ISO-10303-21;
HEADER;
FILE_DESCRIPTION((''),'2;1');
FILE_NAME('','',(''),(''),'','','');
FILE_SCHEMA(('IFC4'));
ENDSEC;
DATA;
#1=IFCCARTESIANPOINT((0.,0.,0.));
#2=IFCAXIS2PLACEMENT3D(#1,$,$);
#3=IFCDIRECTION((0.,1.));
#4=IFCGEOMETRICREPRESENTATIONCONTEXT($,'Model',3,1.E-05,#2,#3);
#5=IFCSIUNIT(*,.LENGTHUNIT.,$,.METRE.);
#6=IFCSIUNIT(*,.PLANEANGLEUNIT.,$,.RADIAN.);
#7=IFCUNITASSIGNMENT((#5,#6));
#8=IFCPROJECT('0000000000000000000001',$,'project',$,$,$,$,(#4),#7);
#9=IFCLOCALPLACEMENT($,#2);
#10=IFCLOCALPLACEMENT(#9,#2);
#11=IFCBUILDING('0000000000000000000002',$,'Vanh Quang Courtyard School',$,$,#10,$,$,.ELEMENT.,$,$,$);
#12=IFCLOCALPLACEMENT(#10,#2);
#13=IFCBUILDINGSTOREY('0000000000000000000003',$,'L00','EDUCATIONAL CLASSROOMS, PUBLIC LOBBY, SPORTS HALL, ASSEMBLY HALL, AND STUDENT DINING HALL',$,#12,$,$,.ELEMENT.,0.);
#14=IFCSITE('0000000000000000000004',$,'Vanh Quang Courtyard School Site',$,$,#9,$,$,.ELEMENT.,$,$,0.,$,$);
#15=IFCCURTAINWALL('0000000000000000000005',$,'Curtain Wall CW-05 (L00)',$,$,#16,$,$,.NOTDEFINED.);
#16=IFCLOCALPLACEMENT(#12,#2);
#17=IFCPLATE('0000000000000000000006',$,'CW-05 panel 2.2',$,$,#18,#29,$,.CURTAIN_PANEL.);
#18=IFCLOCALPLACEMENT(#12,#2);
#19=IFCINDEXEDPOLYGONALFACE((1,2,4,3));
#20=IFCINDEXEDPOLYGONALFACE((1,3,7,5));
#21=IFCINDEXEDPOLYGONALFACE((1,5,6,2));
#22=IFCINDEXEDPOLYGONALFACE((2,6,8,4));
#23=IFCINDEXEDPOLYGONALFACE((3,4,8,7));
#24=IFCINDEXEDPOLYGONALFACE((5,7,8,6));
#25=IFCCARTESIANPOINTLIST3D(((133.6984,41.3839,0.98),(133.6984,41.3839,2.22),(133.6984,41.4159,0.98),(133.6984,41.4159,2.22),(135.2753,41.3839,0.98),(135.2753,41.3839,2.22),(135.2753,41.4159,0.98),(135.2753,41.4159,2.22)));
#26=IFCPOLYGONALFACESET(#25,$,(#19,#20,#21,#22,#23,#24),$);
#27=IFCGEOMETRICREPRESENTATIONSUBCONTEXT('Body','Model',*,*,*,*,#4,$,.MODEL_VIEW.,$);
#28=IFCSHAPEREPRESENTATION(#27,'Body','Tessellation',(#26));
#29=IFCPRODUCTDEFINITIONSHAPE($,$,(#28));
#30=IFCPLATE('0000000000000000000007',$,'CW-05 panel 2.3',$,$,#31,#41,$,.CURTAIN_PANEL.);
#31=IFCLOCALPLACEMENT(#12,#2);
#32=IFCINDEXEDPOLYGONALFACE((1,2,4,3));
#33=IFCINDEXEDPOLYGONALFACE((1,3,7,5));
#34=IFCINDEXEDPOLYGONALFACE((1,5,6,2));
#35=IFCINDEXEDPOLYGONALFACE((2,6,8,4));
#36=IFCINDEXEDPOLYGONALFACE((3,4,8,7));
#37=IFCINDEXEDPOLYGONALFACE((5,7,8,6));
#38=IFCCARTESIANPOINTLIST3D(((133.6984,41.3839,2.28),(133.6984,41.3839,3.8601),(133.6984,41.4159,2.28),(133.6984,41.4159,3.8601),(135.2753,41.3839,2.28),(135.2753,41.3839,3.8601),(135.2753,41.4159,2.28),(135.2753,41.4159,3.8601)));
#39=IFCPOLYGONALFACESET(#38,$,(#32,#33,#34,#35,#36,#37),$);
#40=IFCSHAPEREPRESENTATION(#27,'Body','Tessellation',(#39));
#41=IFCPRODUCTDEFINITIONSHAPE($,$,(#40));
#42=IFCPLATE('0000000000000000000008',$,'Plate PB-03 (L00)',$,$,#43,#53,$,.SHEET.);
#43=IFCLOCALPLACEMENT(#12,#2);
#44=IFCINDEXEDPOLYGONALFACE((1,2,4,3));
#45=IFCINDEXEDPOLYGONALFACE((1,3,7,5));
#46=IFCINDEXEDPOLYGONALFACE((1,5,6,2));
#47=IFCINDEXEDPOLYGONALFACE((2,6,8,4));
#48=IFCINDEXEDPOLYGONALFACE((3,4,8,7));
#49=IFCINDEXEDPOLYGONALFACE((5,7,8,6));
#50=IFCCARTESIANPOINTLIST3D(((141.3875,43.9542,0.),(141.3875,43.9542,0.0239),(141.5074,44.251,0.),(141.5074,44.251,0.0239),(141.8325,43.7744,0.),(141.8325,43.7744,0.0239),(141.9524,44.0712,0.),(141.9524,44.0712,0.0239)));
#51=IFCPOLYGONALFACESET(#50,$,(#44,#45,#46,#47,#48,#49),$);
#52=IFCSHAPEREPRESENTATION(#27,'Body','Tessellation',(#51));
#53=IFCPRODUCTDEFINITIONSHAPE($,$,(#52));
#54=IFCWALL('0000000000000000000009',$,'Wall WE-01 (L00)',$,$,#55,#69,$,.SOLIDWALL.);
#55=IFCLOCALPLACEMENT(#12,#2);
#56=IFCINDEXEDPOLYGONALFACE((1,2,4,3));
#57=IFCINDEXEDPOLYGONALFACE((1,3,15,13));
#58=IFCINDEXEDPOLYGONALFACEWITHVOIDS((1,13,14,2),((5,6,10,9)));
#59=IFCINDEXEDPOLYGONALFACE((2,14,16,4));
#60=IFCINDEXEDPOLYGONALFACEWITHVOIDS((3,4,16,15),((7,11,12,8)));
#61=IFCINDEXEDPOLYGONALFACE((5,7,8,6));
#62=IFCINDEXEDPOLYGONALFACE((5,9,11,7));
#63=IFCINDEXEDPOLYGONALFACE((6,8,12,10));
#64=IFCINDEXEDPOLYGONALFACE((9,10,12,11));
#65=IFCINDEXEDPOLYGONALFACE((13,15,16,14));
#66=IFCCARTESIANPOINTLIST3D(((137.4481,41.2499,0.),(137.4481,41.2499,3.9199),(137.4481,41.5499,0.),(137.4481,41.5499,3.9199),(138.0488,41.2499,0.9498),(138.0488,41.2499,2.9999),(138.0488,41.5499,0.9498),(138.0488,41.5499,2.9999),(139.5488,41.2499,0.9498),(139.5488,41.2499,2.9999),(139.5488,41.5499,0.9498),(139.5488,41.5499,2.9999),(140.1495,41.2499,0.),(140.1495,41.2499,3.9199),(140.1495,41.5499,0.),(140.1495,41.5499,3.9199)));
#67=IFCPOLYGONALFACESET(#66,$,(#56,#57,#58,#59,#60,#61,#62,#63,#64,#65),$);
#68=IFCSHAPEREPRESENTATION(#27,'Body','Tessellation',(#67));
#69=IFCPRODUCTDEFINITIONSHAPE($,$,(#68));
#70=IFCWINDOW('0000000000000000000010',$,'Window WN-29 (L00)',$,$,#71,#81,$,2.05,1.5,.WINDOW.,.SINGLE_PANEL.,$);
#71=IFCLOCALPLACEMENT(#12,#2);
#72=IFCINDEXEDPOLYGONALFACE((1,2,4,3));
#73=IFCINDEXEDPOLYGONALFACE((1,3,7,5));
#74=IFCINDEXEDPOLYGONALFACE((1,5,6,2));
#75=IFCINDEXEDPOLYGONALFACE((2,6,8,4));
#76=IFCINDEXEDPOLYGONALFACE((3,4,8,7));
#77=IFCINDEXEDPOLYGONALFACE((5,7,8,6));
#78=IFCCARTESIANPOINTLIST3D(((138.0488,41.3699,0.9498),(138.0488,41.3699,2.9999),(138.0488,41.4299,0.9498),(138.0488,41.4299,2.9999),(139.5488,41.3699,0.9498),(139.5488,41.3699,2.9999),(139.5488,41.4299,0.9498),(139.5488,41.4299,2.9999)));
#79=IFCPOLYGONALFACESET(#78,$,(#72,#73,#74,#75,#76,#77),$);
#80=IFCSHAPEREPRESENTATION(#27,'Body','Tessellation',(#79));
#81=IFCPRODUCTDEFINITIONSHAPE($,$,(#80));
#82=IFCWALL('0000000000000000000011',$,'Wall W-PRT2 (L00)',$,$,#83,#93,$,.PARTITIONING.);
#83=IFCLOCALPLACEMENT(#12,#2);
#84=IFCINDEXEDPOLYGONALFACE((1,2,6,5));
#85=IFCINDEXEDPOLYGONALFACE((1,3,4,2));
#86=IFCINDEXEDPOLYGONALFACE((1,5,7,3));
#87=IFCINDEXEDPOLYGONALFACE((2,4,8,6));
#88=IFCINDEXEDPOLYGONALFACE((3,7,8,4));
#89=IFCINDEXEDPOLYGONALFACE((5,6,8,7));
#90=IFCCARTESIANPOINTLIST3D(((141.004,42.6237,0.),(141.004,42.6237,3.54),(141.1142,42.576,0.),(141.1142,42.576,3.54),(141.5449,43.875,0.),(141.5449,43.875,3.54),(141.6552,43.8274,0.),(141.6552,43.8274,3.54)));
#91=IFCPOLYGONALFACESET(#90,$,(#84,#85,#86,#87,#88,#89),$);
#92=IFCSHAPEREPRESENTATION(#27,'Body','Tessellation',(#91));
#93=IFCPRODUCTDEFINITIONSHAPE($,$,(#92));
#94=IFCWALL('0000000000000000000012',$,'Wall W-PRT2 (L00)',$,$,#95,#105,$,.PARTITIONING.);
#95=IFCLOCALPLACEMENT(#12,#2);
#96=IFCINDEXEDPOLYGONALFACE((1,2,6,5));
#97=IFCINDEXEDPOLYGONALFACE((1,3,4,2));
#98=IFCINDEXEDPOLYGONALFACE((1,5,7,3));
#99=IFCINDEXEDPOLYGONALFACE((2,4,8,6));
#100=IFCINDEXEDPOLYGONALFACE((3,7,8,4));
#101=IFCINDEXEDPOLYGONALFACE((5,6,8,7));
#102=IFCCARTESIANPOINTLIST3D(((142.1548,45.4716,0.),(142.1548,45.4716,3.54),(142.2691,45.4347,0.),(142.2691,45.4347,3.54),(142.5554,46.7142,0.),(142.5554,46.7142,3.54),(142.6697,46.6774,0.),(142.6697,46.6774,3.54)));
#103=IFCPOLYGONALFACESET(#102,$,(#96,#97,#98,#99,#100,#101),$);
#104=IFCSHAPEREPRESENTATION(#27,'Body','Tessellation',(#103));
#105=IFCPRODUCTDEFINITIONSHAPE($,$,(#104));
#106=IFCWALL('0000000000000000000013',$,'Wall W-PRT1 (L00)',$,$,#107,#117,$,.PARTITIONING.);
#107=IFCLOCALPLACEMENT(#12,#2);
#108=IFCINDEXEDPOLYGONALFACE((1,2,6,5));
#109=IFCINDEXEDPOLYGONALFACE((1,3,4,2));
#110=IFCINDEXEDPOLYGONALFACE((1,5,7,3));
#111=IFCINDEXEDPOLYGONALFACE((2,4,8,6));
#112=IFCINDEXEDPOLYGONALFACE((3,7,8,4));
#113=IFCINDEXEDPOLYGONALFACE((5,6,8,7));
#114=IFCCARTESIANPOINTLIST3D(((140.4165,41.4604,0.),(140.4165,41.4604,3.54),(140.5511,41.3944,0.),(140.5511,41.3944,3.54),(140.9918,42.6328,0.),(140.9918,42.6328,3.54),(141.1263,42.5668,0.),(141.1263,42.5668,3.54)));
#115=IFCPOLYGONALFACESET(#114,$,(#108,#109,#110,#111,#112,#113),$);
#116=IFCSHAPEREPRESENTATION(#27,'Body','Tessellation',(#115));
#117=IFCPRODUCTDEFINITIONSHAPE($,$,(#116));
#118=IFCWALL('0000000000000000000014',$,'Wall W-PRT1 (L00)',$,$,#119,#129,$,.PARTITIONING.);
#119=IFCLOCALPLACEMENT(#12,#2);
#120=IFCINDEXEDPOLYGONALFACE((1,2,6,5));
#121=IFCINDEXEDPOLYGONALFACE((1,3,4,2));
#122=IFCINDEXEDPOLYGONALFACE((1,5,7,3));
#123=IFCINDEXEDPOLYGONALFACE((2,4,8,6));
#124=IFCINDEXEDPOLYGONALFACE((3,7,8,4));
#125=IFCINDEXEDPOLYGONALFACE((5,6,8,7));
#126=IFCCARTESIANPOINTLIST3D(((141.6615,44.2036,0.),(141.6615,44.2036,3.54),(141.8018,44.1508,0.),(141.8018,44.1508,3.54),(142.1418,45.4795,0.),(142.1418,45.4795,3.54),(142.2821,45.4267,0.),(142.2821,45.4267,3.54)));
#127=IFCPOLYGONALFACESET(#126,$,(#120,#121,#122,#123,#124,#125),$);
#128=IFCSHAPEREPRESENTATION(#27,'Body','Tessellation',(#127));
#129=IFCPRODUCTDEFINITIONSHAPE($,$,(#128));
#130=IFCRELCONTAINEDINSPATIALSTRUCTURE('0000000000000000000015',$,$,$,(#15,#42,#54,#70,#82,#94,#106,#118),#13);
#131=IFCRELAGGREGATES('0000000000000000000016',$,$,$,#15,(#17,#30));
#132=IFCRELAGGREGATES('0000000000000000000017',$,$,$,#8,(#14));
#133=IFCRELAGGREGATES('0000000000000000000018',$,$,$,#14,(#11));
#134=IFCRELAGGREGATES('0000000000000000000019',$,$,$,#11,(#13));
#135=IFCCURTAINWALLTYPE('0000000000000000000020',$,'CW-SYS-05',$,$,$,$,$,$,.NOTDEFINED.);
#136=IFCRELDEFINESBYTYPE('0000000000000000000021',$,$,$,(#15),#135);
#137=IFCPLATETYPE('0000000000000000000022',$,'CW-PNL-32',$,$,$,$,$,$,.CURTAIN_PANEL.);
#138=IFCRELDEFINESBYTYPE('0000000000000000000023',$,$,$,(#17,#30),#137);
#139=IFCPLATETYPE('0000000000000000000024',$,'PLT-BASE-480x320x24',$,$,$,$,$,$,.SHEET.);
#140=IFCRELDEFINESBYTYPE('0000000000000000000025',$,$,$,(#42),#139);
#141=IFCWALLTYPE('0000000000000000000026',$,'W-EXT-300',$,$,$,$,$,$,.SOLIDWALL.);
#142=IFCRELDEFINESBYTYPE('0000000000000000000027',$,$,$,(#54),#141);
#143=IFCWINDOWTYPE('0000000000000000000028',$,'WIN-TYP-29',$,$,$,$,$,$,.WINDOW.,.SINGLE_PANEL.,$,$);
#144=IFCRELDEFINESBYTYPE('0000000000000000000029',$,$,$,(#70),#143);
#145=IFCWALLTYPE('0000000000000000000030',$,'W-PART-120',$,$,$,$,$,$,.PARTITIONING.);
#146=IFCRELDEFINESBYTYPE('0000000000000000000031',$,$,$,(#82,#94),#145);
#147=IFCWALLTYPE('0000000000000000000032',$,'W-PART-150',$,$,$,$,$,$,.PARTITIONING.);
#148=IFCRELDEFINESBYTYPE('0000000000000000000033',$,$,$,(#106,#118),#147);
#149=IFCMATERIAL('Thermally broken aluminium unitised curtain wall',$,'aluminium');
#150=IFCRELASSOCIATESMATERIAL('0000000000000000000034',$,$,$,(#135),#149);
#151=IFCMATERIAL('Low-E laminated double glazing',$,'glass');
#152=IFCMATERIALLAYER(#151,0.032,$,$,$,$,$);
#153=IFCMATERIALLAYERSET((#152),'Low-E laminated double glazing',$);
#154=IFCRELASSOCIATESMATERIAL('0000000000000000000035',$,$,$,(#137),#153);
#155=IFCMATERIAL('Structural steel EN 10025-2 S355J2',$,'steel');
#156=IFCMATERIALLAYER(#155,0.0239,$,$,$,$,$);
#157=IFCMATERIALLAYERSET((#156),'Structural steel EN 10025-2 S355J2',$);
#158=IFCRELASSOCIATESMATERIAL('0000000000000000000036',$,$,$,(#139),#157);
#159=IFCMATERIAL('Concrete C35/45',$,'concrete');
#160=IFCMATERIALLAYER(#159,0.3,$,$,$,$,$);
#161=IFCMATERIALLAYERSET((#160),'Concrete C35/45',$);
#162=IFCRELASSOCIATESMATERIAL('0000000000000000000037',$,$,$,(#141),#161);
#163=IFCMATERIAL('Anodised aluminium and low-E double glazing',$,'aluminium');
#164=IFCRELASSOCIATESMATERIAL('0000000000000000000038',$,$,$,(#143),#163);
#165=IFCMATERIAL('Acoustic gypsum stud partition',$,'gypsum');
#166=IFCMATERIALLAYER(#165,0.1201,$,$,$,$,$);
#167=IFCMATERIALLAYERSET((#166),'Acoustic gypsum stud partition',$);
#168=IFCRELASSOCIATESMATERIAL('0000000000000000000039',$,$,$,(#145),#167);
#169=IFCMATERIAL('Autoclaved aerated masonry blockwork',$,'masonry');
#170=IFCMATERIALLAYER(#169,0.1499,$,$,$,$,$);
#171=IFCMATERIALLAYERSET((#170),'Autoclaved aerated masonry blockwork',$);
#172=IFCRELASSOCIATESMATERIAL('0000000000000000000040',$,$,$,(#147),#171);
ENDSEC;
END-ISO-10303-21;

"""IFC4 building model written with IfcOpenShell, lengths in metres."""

from ifc_helpers import new_model, si_unit, direction, frame, frame_2d, origin, origin_2d, place, context, subcontext, project, spatial, rectangle, extrude, material, layer, layer_set, type_object, element, fill, aggregate, save


model = new_model("IFC4")

# Units and contexts
model_context = context("Model", 3, precision=1e-05, world=origin(), true_north=direction((0.0, 1.0)))
body_context = subcontext(model_context, "Body", "Model", "MODEL_VIEW")
ifc_project = project(units=[si_unit("LENGTHUNIT", "METRE"), si_unit("PLANEANGLEUNIT", "RADIAN")], contexts=[model_context])

# Site, building, storey
site_placement = place(None, origin())
site = spatial("IfcSite", under=ifc_project, at=site_placement, Name="Vanh Quang Courtyard School Site", CompositionType="ELEMENT", RefElevation=0.0)
building_placement = place(site_placement, origin())
building = spatial("IfcBuilding", under=site, at=building_placement, Name="Vanh Quang Courtyard School", CompositionType="ELEMENT")
storey_placement = place(building_placement, origin())
storey = spatial("IfcBuildingStorey", under=building, at=storey_placement, Name="L00", Description="EDUCATIONAL CLASSROOMS, PUBLIC LOBBY, SPORTS HALL, ASSEMBLY HALL, AND STUDENT DINING HALL", CompositionType="ELEMENT", Elevation=0.0)

# Shared definitions
ifc_material_1 = material(Name="Concrete C35/45", Category="concrete")

# Shared definitions
ifc_material_2 = material(Name="Structural steel EN 10025-2 S355J2", Category="steel")

# Curtain wall, plates
ifc_material_3 = material(Name="Thermally broken aluminium unitised curtain wall", Category="aluminium")
curtain_wall_type = type_object("IfcCurtainWallType", Name="CW-SYS-05", PredefinedType="NOTDEFINED", material=ifc_material_3)
curtain_wall_placement = place(storey_placement, origin())
curtain_wall = element("IfcCurtainWall", 1, at=curtain_wall_placement, inside=storey, type_object=curtain_wall_type, Name="Curtain Wall CW-05 (L00)", PredefinedType="NOTDEFINED")
ifc_material_4 = material(Name="Low-E laminated double glazing", Category="glass")
ifc_layer_1 = layer(ifc_material_4, 0.032)
ifc_layer_set_1 = layer_set([ifc_layer_1], Name="Low-E laminated double glazing")
plate_type_1 = type_object("IfcPlateType", Name="CW-PNL-32", PredefinedType="CURTAIN_PANEL", material=ifc_layer_set_1)
plate_1_placement = place(storey_placement, frame((134.4868, 41.3999, 0.98), z_axis=(0.0, 0.0, 1.0), x_axis=(-1.0, 0.0, 0.0)))
plate_1 = element("IfcPlate", 2, at=plate_1_placement, type_object=plate_type_1, Name="CW-05 panel 2.2", PredefinedType="CURTAIN_PANEL", context=body_context, shape_type="SweptSolid", body=[
    extrude(rectangle(XDim=1.5769, YDim=0.032, at=origin_2d()), origin(), (0.0, 0.0, 1.0), 1.24),
])
plate_2_placement = place(storey_placement, frame((134.4868, 41.3999, 2.28), z_axis=(0.0, 0.0, 1.0), x_axis=(-1.0, 0.0, 0.0)))
plate_2 = element("IfcPlate", 3, at=plate_2_placement, type_object=plate_type_1, Name="CW-05 panel 2.3", PredefinedType="CURTAIN_PANEL", context=body_context, shape_type="SweptSolid", body=[
    extrude(rectangle(XDim=1.5769, YDim=0.032, at=origin_2d()), origin(), (0.0, 0.0, 1.0), 1.5801),
])
aggregate(curtain_wall, [plate_1, plate_2])

# Plate
ifc_layer_2 = layer(ifc_material_2, 0.0239)
ifc_layer_set_2 = layer_set([ifc_layer_2], Name="Structural steel EN 10025-2 S355J2")
plate_type_2 = type_object("IfcPlateType", Name="PLT-BASE-480x320x24", PredefinedType="SHEET", material=ifc_layer_set_2)
plate_3_placement = place(storey_placement, frame((141.6699, 44.0127, 0.0), z_axis=(0.0, 0.0, 1.0), x_axis=(0.927184, -0.374607, 0.0)))
element("IfcPlate", 4, at=plate_3_placement, inside=storey, type_object=plate_type_2, Name="Plate PB-03 (L00)", PredefinedType="SHEET", context=body_context, shape_type="SweptSolid", body=[
    extrude(rectangle(XDim=0.48, YDim=0.3201, at=origin_2d()), origin(), (0.0, 0.0, 1.0), 0.0239),
])

# Wall, opening, window
ifc_layer_3 = layer(ifc_material_1, 0.3)
ifc_layer_set_3 = layer_set([ifc_layer_3], Name="Concrete C35/45")
wall_type_1 = type_object("IfcWallType", Name="W-EXT-300", PredefinedType="SOLIDWALL", material=ifc_layer_set_3)
wall_1_placement = place(storey_placement, frame((140.1494, 41.3999, 0.0), z_axis=(0.0, 0.0, 1.0), x_axis=(-1.0, 0.0, 0.0)))
wall_1 = element("IfcWall", 5, at=wall_1_placement, inside=storey, type_object=wall_type_1, Name="Wall WE-01 (L00)", PredefinedType="SOLIDWALL", context=body_context, shape_type="SweptSolid", body=[
    extrude(rectangle(XDim=2.7014, YDim=0.3, at=frame_2d((1.3506, 0.0))), origin(), (0.0, 0.0, 1.0), 3.9199),
])
opening_placement = place(wall_1_placement, frame((0.6006, 0.0, 0.95)))
opening = element("IfcOpeningElement", 6, at=opening_placement, cuts=wall_1, PredefinedType="OPENING", context=body_context, shape_type="SweptSolid", body=[
    extrude(rectangle(XDim=1.5, YDim=2.05, at=frame_2d((0.75, 1.0249))), frame((0.0, 0.1602, 0.0), z_axis=(0.0, -1.0, 0.0), x_axis=(1.0, 0.0, 0.0)), (0.0, 0.0, 1.0), 0.3201),
])
ifc_material_5 = material(Name="Anodised aluminium and low-E double glazing", Category="aluminium")
window_type = type_object("IfcWindowType", Name="WIN-TYP-29", PartitioningType="SINGLE_PANEL", PredefinedType="WINDOW", material=ifc_material_5)
window_placement = place(opening_placement, origin())
window = element("IfcWindow", 7, at=window_placement, inside=storey, type_object=window_type, Name="Window WN-29 (L00)", OverallHeight=2.05, OverallWidth=1.5, PartitioningType="SINGLE_PANEL", PredefinedType="WINDOW", context=body_context, shape_type="SweptSolid", body=[
    extrude(rectangle(XDim=1.5, YDim=2.05, at=frame_2d((0.75, 1.0249))), frame((0.0, 0.03, 0.0), z_axis=(0.0, -1.0, 0.0), x_axis=(1.0, 0.0, 0.0)), (0.0, 0.0, 1.0), 0.0601),
])
fill(opening, window)

# Walls
ifc_material_6 = material(Name="Acoustic gypsum stud partition", Category="gypsum")
ifc_layer_4 = layer(ifc_material_6, 0.1201)
ifc_layer_set_4 = layer_set([ifc_layer_4], Name="Acoustic gypsum stud partition")
wall_type_2 = type_object("IfcWallType", Name="W-PART-120", PredefinedType="PARTITIONING", material=ifc_layer_set_4)
wall_2_placement = place(storey_placement, frame((141.0591, 42.5999, 0.0), z_axis=(0.0, 0.0, 1.0), x_axis=(0.396813, 0.917899, 0.0)))
element("IfcWall", 8, at=wall_2_placement, inside=storey, type_object=wall_type_2, Name="Wall W-PRT2 (L00)", PredefinedType="PARTITIONING", context=body_context, shape_type="SweptSolid", body=[
    extrude(rectangle(XDim=1.3633, YDim=0.1201, at=frame_2d((0.6816, 0.0))), origin(), (0.0, 0.0, 1.0), 3.54),
])
wall_3_placement = place(storey_placement, frame((142.2119, 45.4531, 0.0), z_axis=(0.0, 0.0, 1.0), x_axis=(0.306844, 0.95176, 0.0)))
element("IfcWall", 9, at=wall_3_placement, inside=storey, type_object=wall_type_2, Name="Wall W-PRT2 (L00)", PredefinedType="PARTITIONING", context=body_context, shape_type="SweptSolid", body=[
    extrude(rectangle(XDim=1.3057, YDim=0.1201, at=frame_2d((0.6528, 0.0))), origin(), (0.0, 0.0, 1.0), 3.54),
])
ifc_material_7 = material(Name="Autoclaved aerated masonry blockwork", Category="masonry")
ifc_layer_5 = layer(ifc_material_7, 0.1499)
ifc_layer_set_5 = layer_set([ifc_layer_5], Name="Autoclaved aerated masonry blockwork")
wall_type_3 = type_object("IfcWallType", Name="W-PART-150", PredefinedType="PARTITIONING", material=ifc_layer_set_5)
wall_4_placement = place(storey_placement, frame((140.4839, 41.4275, 0.0), z_axis=(0.0, 0.0, 1.0), x_axis=(0.44047, 0.897767, 0.0)))
element("IfcWall", 10, at=wall_4_placement, inside=storey, type_object=wall_type_3, Name="Wall W-PRT1 (L00)", PredefinedType="PARTITIONING", context=body_context, shape_type="SweptSolid", body=[
    extrude(rectangle(XDim=1.3059, YDim=0.1499, at=frame_2d((0.6528, 0.0))), origin(), (0.0, 0.0, 1.0), 3.54),
])
wall_5_placement = place(storey_placement, frame((141.7317, 44.1772, 0.0), z_axis=(0.0, 0.0, 1.0), x_axis=(0.352261, 0.935902, 0.0)))
element("IfcWall", 11, at=wall_5_placement, inside=storey, type_object=wall_type_3, Name="Wall W-PRT1 (L00)", PredefinedType="PARTITIONING", context=body_context, shape_type="SweptSolid", body=[
    extrude(rectangle(XDim=1.3633, YDim=0.1499, at=frame_2d((0.6816, 0.0))), origin(), (0.0, 0.0, 1.0), 3.54),
])

save(model, "model.ifc")
